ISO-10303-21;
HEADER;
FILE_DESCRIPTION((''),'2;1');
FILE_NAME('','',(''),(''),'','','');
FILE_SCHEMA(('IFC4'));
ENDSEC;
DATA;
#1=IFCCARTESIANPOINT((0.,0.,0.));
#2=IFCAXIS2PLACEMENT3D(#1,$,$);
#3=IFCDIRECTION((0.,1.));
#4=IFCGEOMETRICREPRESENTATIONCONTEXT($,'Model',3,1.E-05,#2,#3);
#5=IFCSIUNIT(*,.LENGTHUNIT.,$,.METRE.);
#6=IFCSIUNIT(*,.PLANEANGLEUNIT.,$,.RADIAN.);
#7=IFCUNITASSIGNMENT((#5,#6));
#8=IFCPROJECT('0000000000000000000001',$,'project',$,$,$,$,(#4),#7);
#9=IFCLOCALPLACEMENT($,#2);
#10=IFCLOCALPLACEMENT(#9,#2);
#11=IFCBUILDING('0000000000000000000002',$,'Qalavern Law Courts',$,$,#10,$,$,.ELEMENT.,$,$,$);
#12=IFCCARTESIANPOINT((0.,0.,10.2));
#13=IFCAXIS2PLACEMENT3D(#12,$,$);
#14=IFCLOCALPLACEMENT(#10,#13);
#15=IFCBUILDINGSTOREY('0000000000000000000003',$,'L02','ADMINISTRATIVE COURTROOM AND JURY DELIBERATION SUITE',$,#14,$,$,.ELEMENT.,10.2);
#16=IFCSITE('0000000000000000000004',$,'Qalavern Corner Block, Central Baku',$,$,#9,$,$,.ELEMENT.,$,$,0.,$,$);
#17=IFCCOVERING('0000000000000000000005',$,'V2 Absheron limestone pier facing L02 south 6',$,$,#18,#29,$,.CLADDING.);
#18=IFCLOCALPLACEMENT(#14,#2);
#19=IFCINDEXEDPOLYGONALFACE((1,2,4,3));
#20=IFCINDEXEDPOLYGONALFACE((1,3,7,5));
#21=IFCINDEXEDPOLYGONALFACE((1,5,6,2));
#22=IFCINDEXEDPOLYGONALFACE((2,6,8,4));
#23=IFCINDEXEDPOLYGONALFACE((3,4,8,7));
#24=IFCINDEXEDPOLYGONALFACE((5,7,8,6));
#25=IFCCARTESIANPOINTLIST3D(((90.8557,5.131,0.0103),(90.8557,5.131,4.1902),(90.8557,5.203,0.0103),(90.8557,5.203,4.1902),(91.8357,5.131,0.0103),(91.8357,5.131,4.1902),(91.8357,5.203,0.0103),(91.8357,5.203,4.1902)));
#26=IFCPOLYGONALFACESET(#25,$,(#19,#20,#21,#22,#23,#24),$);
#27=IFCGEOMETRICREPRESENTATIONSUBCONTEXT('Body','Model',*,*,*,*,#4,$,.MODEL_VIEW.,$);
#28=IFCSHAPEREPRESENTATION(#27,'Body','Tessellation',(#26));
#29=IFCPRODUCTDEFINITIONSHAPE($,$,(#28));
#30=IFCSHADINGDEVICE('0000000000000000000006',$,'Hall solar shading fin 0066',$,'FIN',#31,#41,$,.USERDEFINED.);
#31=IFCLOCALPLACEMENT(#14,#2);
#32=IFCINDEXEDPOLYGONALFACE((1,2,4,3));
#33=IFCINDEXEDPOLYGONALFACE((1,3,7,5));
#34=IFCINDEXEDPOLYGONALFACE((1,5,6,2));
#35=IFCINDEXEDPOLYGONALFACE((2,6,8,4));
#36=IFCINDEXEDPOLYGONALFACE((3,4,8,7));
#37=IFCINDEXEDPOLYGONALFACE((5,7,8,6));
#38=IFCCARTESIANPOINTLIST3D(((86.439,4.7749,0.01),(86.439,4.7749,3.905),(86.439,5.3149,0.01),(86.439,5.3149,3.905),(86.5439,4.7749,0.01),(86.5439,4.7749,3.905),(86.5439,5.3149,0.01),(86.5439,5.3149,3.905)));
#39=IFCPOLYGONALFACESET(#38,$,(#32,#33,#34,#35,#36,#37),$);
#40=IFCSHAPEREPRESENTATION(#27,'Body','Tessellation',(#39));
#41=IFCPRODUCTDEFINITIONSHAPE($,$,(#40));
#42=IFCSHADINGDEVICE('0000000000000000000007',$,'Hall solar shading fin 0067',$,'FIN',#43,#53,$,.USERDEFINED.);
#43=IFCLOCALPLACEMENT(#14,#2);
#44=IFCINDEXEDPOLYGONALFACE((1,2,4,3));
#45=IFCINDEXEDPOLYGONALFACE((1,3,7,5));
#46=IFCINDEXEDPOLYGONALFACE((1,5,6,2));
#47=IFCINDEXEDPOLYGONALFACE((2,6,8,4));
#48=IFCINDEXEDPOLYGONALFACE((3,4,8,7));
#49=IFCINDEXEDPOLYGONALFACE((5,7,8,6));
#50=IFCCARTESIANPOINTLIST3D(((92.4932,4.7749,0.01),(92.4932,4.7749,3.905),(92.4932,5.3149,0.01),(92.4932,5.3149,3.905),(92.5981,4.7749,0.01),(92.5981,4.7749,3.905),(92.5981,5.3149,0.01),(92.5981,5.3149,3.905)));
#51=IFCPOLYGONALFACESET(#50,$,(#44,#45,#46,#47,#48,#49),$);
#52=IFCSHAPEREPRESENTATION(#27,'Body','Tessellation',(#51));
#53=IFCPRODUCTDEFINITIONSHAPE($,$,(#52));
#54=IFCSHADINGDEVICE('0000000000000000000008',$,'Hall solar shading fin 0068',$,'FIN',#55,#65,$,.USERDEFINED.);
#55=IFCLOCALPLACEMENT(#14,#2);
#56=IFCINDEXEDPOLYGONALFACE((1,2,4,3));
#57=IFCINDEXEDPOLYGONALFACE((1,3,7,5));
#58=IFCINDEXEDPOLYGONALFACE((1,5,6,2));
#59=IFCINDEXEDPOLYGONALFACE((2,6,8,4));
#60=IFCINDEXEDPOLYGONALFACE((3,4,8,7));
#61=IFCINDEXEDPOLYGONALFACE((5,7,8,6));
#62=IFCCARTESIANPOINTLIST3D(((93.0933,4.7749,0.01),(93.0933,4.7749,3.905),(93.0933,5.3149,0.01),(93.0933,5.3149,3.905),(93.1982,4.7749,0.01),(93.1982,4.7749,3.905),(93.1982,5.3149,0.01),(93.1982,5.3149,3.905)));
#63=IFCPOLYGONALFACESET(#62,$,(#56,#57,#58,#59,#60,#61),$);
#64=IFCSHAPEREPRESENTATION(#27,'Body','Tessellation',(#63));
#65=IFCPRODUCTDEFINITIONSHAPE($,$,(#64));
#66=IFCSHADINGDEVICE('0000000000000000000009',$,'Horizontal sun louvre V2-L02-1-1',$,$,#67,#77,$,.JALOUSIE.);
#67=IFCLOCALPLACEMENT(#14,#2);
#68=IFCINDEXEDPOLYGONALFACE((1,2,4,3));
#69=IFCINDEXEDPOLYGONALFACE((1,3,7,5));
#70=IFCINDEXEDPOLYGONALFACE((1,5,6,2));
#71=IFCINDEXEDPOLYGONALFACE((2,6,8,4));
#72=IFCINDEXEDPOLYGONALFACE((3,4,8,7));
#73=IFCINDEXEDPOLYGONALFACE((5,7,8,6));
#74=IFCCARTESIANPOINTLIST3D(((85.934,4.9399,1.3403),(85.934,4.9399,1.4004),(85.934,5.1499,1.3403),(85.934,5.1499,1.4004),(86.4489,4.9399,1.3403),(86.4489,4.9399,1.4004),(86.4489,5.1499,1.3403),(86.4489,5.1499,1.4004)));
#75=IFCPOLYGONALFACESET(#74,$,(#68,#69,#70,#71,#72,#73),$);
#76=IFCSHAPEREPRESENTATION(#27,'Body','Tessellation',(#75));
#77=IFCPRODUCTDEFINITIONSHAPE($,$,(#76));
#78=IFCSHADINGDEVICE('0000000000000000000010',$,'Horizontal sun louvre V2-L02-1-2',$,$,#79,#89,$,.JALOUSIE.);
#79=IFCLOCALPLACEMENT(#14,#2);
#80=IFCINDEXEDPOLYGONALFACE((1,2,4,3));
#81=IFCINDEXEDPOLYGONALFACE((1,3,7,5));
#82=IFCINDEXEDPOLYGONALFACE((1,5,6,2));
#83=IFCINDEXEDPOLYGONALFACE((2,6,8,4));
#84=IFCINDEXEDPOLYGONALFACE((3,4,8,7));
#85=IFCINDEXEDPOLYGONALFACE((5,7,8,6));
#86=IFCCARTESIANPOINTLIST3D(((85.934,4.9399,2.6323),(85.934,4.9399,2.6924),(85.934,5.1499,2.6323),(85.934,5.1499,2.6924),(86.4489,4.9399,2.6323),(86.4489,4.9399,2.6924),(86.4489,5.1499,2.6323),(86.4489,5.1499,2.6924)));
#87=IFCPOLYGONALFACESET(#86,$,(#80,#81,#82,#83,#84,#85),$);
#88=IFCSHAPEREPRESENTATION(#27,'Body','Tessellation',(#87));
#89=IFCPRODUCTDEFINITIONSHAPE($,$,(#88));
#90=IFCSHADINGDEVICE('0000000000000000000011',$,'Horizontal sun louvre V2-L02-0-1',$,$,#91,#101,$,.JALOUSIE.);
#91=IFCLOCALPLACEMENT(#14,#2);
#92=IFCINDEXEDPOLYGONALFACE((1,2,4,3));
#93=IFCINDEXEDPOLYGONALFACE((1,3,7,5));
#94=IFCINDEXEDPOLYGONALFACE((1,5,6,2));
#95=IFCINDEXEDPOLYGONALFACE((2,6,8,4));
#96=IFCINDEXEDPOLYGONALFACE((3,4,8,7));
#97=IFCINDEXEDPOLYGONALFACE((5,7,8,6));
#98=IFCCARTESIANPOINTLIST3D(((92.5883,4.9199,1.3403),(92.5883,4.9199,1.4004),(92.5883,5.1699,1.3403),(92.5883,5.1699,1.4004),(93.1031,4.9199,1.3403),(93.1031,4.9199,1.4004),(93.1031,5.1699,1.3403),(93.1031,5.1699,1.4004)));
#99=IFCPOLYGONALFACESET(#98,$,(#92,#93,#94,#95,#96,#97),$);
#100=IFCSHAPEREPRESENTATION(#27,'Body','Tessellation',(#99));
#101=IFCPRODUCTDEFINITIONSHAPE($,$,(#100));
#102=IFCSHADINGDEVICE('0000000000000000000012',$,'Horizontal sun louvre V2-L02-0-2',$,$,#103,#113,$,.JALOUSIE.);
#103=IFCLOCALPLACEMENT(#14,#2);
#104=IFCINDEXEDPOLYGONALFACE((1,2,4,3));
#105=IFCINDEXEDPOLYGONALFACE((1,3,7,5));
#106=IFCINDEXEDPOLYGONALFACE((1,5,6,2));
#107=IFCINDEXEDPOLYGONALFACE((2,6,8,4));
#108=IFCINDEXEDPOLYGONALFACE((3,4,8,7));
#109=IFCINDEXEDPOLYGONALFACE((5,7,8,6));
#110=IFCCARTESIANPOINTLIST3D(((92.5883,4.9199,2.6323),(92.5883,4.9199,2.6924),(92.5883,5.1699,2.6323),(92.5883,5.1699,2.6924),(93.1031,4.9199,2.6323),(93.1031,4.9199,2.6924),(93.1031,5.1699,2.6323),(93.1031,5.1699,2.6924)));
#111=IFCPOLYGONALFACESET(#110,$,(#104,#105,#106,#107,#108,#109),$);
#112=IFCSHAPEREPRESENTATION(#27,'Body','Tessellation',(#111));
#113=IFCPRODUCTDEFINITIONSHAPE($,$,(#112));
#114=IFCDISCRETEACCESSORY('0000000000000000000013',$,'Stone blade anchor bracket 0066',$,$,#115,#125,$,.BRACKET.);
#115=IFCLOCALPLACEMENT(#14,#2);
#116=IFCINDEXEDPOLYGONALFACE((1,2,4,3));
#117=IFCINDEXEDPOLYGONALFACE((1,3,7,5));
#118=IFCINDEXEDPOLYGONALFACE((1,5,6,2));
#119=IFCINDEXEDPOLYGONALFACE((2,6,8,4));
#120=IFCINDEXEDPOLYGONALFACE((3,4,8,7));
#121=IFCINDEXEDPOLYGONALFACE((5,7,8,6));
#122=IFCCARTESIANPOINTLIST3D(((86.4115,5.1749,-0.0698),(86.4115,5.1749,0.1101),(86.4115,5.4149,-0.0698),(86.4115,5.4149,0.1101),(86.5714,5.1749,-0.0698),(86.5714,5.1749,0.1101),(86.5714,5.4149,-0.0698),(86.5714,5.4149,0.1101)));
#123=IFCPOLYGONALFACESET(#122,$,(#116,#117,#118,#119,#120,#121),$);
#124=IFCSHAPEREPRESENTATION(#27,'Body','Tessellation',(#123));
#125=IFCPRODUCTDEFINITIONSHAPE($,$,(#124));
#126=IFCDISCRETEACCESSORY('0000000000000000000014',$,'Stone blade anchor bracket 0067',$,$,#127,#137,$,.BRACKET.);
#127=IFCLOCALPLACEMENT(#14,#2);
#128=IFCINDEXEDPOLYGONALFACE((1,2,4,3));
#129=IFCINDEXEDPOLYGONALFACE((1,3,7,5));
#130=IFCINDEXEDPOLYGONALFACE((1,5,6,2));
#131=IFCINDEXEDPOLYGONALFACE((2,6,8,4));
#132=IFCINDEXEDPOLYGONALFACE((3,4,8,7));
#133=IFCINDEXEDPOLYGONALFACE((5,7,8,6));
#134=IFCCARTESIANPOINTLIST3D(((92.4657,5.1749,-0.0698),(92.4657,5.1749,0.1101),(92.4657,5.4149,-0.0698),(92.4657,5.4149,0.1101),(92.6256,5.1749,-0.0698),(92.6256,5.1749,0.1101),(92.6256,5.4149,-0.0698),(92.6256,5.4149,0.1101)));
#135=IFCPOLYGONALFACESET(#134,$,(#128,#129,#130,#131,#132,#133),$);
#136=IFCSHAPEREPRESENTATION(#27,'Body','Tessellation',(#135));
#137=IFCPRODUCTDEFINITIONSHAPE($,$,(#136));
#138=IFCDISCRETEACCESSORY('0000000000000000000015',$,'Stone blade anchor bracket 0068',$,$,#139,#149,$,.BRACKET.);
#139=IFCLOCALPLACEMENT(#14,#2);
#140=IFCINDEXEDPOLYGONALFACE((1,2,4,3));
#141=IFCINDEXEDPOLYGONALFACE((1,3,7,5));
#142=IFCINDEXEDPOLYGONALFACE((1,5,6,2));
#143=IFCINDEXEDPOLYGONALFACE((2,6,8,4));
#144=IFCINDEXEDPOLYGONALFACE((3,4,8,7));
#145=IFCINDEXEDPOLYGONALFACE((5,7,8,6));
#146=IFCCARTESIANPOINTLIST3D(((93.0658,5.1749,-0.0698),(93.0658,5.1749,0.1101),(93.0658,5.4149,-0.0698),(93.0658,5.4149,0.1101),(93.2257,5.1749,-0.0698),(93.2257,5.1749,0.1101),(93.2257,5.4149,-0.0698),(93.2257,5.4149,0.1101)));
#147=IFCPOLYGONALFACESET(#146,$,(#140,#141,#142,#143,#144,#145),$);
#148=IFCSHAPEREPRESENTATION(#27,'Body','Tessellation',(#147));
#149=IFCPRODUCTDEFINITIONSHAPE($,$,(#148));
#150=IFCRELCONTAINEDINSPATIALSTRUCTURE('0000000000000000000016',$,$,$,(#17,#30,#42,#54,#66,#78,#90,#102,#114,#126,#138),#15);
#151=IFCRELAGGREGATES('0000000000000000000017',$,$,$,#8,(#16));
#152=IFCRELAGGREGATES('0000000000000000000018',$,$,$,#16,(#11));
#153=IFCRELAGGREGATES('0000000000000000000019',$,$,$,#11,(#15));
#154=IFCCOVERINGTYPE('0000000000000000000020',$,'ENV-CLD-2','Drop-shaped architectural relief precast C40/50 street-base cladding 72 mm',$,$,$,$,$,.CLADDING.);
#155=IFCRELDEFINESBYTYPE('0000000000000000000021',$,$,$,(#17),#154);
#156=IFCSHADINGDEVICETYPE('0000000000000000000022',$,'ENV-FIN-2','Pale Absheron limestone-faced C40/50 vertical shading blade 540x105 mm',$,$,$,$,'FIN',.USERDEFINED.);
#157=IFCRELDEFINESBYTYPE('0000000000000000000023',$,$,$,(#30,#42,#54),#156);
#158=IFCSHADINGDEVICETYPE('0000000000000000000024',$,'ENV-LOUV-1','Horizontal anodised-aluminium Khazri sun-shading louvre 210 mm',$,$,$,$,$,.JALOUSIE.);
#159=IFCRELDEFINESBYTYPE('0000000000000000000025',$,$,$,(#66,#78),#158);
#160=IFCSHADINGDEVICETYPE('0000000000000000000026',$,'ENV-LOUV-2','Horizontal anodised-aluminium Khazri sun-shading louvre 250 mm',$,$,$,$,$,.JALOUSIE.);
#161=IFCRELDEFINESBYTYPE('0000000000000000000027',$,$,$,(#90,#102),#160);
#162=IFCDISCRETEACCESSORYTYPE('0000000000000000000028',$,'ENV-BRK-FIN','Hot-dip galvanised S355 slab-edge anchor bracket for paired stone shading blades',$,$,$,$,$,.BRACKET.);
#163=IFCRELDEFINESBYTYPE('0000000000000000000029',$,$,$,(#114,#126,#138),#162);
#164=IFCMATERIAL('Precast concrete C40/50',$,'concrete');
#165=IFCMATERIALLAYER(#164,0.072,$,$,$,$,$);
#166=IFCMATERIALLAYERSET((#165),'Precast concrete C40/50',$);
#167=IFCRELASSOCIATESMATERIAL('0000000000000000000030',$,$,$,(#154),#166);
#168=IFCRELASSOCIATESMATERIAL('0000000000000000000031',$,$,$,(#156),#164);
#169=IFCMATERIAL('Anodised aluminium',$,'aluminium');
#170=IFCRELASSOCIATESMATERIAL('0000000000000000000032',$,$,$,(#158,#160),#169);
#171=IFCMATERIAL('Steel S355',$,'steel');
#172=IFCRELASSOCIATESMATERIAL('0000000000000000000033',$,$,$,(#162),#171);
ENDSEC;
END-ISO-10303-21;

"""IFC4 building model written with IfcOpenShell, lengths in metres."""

from ifc_helpers import new_model, si_unit, direction, frame, origin, origin_2d, place, context, subcontext, project, spatial, rectangle, extrude, material, layer, layer_set, type_object, element, save


model = new_model("IFC4")

# Units and contexts
model_context = context("Model", 3, precision=1e-05, world=origin(), true_north=direction((0.0, 1.0)))
body_context = subcontext(model_context, "Body", "Model", "MODEL_VIEW")
ifc_project = project(units=[si_unit("LENGTHUNIT", "METRE"), si_unit("PLANEANGLEUNIT", "RADIAN")], contexts=[model_context])

# Site, building, storey
site_placement = place(None, origin())
site = spatial("IfcSite", under=ifc_project, at=site_placement, Name="Qalavern Corner Block, Central Baku", CompositionType="ELEMENT", RefElevation=0.0)
building_placement = place(site_placement, origin())
building = spatial("IfcBuilding", under=site, at=building_placement, Name="Qalavern Law Courts", CompositionType="ELEMENT")
storey_placement = place(building_placement, frame((0.0, 0.0, 10.2)))
storey = spatial("IfcBuildingStorey", under=building, at=storey_placement, Name="L02", Description="ADMINISTRATIVE COURTROOM AND JURY DELIBERATION SUITE", CompositionType="ELEMENT", Elevation=10.2)

# Shared definitions
ifc_material_1 = material(Name="Anodised aluminium", Category="aluminium")

# Covering
ifc_material_2 = material(Name="Precast concrete C40/50", Category="concrete")
ifc_layer_1 = layer(ifc_material_2, 0.072)
ifc_layer_set_1 = layer_set([ifc_layer_1], Name="Precast concrete C40/50")
covering_type = type_object("IfcCoveringType", Name="ENV-CLD-2", Description="Drop-shaped architectural relief precast C40/50 street-base cladding 72 mm", PredefinedType="CLADDING", material=ifc_layer_set_1)
covering_placement = place(storey_placement, frame((91.3457, 5.167, 0.0103), z_axis=(0.0, 0.0, 1.0), x_axis=(1.0, 0.0, 0.0)))
element("IfcCovering", 1, at=covering_placement, inside=storey, type_object=covering_type, Name="V2 Absheron limestone pier facing L02 south 6", PredefinedType="CLADDING", context=body_context, shape_type="SweptSolid", body=[
    extrude(rectangle(XDim=0.98, YDim=0.072, at=origin_2d()), origin(), (0.0, 0.0, 1.0), 4.1799),
])

# Shading devices
shading_device_type_1 = type_object("IfcShadingDeviceType", Name="ENV-FIN-2", Description="Pale Absheron limestone-faced C40/50 vertical shading blade 540x105 mm", ElementType="FIN", PredefinedType="USERDEFINED", material=ifc_material_2)
for number, where, z_axis, x_axis, name in (
    (2, (86.4915, 5.0449, 0.01), (0.0, 0.0, 1.0), (0.0, -1.0, 0.0), "Hall solar shading fin 0066"),
    (3, (92.5457, 5.0449, 0.01), (0.0, 0.0, 1.0), (0.0, -1.0, 0.0), "Hall solar shading fin 0067"),
    (4, (93.1458, 5.0449, 0.01), (0.0, 0.0, 1.0), (0.0, -1.0, 0.0), "Hall solar shading fin 0068"),
):
    element("IfcShadingDevice", number, at=place(storey_placement, frame(where, z_axis=z_axis, x_axis=x_axis)), inside=storey, type_object=shading_device_type_1, Name=name, ObjectType="FIN", PredefinedType="USERDEFINED", context=body_context, shape_type="SweptSolid", body=[
        extrude(rectangle(XDim=0.54, YDim=0.105, at=origin_2d()), origin(), (0.0, 0.0, 1.0), 3.895),
    ])
shading_device_type_2 = type_object("IfcShadingDeviceType", Name="ENV-LOUV-1", Description="Horizontal anodised-aluminium Khazri sun-shading louvre 210 mm", PredefinedType="JALOUSIE", material=ifc_material_1)
for number, where, z_axis, x_axis, name in (
    (5, (86.1914, 5.0449, 1.3403), (0.0, 0.0, 1.0), (1.0, 0.0, 0.0), "Horizontal sun louvre V2-L02-1-1"),
    (6, (86.1914, 5.0449, 2.6323), (0.0, 0.0, 1.0), (1.0, 0.0, 0.0), "Horizontal sun louvre V2-L02-1-2"),
):
    element("IfcShadingDevice", number, at=place(storey_placement, frame(where, z_axis=z_axis, x_axis=x_axis)), inside=storey, type_object=shading_device_type_2, Name=name, PredefinedType="JALOUSIE", context=body_context, shape_type="SweptSolid", body=[
        extrude(rectangle(XDim=0.5149, YDim=0.21, at=origin_2d()), origin(), (0.0, 0.0, 1.0), 0.0601),
    ])
shading_device_type_3 = type_object("IfcShadingDeviceType", Name="ENV-LOUV-2", Description="Horizontal anodised-aluminium Khazri sun-shading louvre 250 mm", PredefinedType="JALOUSIE", material=ifc_material_1)
for number, where, z_axis, x_axis, name in (
    (7, (92.8457, 5.0449, 1.3403), (0.0, 0.0, 1.0), (1.0, 0.0, 0.0), "Horizontal sun louvre V2-L02-0-1"),
    (8, (92.8457, 5.0449, 2.6323), (0.0, 0.0, 1.0), (1.0, 0.0, 0.0), "Horizontal sun louvre V2-L02-0-2"),
):
    element("IfcShadingDevice", number, at=place(storey_placement, frame(where, z_axis=z_axis, x_axis=x_axis)), inside=storey, type_object=shading_device_type_3, Name=name, PredefinedType="JALOUSIE", context=body_context, shape_type="SweptSolid", body=[
        extrude(rectangle(XDim=0.5149, YDim=0.25, at=origin_2d()), origin(), (0.0, 0.0, 1.0), 0.0601),
    ])

# Discrete accessories
ifc_material_3 = material(Name="Steel S355", Category="steel")
discrete_accessory_type = type_object("IfcDiscreteAccessoryType", Name="ENV-BRK-FIN", Description="Hot-dip galvanised S355 slab-edge anchor bracket for paired stone shading blades", PredefinedType="BRACKET", material=ifc_material_3)
for number, where, z_axis, x_axis, name in (
    (9, (86.4915, 5.2949, -0.0698), (0.0, 0.0, 1.0), (0.0, -1.0, 0.0), "Stone blade anchor bracket 0066"),
    (10, (92.5457, 5.2949, -0.0698), (0.0, 0.0, 1.0), (0.0, -1.0, 0.0), "Stone blade anchor bracket 0067"),
    (11, (93.1458, 5.2949, -0.0698), (0.0, 0.0, 1.0), (0.0, -1.0, 0.0), "Stone blade anchor bracket 0068"),
):
    element("IfcDiscreteAccessory", number, at=place(storey_placement, frame(where, z_axis=z_axis, x_axis=x_axis)), inside=storey, type_object=discrete_accessory_type, Name=name, PredefinedType="BRACKET", context=body_context, shape_type="SweptSolid", body=[
        extrude(rectangle(XDim=0.24, YDim=0.1599, at=origin_2d()), origin(), (0.0, 0.0, 1.0), 0.1799),
    ])

save(model, "model.ifc")
